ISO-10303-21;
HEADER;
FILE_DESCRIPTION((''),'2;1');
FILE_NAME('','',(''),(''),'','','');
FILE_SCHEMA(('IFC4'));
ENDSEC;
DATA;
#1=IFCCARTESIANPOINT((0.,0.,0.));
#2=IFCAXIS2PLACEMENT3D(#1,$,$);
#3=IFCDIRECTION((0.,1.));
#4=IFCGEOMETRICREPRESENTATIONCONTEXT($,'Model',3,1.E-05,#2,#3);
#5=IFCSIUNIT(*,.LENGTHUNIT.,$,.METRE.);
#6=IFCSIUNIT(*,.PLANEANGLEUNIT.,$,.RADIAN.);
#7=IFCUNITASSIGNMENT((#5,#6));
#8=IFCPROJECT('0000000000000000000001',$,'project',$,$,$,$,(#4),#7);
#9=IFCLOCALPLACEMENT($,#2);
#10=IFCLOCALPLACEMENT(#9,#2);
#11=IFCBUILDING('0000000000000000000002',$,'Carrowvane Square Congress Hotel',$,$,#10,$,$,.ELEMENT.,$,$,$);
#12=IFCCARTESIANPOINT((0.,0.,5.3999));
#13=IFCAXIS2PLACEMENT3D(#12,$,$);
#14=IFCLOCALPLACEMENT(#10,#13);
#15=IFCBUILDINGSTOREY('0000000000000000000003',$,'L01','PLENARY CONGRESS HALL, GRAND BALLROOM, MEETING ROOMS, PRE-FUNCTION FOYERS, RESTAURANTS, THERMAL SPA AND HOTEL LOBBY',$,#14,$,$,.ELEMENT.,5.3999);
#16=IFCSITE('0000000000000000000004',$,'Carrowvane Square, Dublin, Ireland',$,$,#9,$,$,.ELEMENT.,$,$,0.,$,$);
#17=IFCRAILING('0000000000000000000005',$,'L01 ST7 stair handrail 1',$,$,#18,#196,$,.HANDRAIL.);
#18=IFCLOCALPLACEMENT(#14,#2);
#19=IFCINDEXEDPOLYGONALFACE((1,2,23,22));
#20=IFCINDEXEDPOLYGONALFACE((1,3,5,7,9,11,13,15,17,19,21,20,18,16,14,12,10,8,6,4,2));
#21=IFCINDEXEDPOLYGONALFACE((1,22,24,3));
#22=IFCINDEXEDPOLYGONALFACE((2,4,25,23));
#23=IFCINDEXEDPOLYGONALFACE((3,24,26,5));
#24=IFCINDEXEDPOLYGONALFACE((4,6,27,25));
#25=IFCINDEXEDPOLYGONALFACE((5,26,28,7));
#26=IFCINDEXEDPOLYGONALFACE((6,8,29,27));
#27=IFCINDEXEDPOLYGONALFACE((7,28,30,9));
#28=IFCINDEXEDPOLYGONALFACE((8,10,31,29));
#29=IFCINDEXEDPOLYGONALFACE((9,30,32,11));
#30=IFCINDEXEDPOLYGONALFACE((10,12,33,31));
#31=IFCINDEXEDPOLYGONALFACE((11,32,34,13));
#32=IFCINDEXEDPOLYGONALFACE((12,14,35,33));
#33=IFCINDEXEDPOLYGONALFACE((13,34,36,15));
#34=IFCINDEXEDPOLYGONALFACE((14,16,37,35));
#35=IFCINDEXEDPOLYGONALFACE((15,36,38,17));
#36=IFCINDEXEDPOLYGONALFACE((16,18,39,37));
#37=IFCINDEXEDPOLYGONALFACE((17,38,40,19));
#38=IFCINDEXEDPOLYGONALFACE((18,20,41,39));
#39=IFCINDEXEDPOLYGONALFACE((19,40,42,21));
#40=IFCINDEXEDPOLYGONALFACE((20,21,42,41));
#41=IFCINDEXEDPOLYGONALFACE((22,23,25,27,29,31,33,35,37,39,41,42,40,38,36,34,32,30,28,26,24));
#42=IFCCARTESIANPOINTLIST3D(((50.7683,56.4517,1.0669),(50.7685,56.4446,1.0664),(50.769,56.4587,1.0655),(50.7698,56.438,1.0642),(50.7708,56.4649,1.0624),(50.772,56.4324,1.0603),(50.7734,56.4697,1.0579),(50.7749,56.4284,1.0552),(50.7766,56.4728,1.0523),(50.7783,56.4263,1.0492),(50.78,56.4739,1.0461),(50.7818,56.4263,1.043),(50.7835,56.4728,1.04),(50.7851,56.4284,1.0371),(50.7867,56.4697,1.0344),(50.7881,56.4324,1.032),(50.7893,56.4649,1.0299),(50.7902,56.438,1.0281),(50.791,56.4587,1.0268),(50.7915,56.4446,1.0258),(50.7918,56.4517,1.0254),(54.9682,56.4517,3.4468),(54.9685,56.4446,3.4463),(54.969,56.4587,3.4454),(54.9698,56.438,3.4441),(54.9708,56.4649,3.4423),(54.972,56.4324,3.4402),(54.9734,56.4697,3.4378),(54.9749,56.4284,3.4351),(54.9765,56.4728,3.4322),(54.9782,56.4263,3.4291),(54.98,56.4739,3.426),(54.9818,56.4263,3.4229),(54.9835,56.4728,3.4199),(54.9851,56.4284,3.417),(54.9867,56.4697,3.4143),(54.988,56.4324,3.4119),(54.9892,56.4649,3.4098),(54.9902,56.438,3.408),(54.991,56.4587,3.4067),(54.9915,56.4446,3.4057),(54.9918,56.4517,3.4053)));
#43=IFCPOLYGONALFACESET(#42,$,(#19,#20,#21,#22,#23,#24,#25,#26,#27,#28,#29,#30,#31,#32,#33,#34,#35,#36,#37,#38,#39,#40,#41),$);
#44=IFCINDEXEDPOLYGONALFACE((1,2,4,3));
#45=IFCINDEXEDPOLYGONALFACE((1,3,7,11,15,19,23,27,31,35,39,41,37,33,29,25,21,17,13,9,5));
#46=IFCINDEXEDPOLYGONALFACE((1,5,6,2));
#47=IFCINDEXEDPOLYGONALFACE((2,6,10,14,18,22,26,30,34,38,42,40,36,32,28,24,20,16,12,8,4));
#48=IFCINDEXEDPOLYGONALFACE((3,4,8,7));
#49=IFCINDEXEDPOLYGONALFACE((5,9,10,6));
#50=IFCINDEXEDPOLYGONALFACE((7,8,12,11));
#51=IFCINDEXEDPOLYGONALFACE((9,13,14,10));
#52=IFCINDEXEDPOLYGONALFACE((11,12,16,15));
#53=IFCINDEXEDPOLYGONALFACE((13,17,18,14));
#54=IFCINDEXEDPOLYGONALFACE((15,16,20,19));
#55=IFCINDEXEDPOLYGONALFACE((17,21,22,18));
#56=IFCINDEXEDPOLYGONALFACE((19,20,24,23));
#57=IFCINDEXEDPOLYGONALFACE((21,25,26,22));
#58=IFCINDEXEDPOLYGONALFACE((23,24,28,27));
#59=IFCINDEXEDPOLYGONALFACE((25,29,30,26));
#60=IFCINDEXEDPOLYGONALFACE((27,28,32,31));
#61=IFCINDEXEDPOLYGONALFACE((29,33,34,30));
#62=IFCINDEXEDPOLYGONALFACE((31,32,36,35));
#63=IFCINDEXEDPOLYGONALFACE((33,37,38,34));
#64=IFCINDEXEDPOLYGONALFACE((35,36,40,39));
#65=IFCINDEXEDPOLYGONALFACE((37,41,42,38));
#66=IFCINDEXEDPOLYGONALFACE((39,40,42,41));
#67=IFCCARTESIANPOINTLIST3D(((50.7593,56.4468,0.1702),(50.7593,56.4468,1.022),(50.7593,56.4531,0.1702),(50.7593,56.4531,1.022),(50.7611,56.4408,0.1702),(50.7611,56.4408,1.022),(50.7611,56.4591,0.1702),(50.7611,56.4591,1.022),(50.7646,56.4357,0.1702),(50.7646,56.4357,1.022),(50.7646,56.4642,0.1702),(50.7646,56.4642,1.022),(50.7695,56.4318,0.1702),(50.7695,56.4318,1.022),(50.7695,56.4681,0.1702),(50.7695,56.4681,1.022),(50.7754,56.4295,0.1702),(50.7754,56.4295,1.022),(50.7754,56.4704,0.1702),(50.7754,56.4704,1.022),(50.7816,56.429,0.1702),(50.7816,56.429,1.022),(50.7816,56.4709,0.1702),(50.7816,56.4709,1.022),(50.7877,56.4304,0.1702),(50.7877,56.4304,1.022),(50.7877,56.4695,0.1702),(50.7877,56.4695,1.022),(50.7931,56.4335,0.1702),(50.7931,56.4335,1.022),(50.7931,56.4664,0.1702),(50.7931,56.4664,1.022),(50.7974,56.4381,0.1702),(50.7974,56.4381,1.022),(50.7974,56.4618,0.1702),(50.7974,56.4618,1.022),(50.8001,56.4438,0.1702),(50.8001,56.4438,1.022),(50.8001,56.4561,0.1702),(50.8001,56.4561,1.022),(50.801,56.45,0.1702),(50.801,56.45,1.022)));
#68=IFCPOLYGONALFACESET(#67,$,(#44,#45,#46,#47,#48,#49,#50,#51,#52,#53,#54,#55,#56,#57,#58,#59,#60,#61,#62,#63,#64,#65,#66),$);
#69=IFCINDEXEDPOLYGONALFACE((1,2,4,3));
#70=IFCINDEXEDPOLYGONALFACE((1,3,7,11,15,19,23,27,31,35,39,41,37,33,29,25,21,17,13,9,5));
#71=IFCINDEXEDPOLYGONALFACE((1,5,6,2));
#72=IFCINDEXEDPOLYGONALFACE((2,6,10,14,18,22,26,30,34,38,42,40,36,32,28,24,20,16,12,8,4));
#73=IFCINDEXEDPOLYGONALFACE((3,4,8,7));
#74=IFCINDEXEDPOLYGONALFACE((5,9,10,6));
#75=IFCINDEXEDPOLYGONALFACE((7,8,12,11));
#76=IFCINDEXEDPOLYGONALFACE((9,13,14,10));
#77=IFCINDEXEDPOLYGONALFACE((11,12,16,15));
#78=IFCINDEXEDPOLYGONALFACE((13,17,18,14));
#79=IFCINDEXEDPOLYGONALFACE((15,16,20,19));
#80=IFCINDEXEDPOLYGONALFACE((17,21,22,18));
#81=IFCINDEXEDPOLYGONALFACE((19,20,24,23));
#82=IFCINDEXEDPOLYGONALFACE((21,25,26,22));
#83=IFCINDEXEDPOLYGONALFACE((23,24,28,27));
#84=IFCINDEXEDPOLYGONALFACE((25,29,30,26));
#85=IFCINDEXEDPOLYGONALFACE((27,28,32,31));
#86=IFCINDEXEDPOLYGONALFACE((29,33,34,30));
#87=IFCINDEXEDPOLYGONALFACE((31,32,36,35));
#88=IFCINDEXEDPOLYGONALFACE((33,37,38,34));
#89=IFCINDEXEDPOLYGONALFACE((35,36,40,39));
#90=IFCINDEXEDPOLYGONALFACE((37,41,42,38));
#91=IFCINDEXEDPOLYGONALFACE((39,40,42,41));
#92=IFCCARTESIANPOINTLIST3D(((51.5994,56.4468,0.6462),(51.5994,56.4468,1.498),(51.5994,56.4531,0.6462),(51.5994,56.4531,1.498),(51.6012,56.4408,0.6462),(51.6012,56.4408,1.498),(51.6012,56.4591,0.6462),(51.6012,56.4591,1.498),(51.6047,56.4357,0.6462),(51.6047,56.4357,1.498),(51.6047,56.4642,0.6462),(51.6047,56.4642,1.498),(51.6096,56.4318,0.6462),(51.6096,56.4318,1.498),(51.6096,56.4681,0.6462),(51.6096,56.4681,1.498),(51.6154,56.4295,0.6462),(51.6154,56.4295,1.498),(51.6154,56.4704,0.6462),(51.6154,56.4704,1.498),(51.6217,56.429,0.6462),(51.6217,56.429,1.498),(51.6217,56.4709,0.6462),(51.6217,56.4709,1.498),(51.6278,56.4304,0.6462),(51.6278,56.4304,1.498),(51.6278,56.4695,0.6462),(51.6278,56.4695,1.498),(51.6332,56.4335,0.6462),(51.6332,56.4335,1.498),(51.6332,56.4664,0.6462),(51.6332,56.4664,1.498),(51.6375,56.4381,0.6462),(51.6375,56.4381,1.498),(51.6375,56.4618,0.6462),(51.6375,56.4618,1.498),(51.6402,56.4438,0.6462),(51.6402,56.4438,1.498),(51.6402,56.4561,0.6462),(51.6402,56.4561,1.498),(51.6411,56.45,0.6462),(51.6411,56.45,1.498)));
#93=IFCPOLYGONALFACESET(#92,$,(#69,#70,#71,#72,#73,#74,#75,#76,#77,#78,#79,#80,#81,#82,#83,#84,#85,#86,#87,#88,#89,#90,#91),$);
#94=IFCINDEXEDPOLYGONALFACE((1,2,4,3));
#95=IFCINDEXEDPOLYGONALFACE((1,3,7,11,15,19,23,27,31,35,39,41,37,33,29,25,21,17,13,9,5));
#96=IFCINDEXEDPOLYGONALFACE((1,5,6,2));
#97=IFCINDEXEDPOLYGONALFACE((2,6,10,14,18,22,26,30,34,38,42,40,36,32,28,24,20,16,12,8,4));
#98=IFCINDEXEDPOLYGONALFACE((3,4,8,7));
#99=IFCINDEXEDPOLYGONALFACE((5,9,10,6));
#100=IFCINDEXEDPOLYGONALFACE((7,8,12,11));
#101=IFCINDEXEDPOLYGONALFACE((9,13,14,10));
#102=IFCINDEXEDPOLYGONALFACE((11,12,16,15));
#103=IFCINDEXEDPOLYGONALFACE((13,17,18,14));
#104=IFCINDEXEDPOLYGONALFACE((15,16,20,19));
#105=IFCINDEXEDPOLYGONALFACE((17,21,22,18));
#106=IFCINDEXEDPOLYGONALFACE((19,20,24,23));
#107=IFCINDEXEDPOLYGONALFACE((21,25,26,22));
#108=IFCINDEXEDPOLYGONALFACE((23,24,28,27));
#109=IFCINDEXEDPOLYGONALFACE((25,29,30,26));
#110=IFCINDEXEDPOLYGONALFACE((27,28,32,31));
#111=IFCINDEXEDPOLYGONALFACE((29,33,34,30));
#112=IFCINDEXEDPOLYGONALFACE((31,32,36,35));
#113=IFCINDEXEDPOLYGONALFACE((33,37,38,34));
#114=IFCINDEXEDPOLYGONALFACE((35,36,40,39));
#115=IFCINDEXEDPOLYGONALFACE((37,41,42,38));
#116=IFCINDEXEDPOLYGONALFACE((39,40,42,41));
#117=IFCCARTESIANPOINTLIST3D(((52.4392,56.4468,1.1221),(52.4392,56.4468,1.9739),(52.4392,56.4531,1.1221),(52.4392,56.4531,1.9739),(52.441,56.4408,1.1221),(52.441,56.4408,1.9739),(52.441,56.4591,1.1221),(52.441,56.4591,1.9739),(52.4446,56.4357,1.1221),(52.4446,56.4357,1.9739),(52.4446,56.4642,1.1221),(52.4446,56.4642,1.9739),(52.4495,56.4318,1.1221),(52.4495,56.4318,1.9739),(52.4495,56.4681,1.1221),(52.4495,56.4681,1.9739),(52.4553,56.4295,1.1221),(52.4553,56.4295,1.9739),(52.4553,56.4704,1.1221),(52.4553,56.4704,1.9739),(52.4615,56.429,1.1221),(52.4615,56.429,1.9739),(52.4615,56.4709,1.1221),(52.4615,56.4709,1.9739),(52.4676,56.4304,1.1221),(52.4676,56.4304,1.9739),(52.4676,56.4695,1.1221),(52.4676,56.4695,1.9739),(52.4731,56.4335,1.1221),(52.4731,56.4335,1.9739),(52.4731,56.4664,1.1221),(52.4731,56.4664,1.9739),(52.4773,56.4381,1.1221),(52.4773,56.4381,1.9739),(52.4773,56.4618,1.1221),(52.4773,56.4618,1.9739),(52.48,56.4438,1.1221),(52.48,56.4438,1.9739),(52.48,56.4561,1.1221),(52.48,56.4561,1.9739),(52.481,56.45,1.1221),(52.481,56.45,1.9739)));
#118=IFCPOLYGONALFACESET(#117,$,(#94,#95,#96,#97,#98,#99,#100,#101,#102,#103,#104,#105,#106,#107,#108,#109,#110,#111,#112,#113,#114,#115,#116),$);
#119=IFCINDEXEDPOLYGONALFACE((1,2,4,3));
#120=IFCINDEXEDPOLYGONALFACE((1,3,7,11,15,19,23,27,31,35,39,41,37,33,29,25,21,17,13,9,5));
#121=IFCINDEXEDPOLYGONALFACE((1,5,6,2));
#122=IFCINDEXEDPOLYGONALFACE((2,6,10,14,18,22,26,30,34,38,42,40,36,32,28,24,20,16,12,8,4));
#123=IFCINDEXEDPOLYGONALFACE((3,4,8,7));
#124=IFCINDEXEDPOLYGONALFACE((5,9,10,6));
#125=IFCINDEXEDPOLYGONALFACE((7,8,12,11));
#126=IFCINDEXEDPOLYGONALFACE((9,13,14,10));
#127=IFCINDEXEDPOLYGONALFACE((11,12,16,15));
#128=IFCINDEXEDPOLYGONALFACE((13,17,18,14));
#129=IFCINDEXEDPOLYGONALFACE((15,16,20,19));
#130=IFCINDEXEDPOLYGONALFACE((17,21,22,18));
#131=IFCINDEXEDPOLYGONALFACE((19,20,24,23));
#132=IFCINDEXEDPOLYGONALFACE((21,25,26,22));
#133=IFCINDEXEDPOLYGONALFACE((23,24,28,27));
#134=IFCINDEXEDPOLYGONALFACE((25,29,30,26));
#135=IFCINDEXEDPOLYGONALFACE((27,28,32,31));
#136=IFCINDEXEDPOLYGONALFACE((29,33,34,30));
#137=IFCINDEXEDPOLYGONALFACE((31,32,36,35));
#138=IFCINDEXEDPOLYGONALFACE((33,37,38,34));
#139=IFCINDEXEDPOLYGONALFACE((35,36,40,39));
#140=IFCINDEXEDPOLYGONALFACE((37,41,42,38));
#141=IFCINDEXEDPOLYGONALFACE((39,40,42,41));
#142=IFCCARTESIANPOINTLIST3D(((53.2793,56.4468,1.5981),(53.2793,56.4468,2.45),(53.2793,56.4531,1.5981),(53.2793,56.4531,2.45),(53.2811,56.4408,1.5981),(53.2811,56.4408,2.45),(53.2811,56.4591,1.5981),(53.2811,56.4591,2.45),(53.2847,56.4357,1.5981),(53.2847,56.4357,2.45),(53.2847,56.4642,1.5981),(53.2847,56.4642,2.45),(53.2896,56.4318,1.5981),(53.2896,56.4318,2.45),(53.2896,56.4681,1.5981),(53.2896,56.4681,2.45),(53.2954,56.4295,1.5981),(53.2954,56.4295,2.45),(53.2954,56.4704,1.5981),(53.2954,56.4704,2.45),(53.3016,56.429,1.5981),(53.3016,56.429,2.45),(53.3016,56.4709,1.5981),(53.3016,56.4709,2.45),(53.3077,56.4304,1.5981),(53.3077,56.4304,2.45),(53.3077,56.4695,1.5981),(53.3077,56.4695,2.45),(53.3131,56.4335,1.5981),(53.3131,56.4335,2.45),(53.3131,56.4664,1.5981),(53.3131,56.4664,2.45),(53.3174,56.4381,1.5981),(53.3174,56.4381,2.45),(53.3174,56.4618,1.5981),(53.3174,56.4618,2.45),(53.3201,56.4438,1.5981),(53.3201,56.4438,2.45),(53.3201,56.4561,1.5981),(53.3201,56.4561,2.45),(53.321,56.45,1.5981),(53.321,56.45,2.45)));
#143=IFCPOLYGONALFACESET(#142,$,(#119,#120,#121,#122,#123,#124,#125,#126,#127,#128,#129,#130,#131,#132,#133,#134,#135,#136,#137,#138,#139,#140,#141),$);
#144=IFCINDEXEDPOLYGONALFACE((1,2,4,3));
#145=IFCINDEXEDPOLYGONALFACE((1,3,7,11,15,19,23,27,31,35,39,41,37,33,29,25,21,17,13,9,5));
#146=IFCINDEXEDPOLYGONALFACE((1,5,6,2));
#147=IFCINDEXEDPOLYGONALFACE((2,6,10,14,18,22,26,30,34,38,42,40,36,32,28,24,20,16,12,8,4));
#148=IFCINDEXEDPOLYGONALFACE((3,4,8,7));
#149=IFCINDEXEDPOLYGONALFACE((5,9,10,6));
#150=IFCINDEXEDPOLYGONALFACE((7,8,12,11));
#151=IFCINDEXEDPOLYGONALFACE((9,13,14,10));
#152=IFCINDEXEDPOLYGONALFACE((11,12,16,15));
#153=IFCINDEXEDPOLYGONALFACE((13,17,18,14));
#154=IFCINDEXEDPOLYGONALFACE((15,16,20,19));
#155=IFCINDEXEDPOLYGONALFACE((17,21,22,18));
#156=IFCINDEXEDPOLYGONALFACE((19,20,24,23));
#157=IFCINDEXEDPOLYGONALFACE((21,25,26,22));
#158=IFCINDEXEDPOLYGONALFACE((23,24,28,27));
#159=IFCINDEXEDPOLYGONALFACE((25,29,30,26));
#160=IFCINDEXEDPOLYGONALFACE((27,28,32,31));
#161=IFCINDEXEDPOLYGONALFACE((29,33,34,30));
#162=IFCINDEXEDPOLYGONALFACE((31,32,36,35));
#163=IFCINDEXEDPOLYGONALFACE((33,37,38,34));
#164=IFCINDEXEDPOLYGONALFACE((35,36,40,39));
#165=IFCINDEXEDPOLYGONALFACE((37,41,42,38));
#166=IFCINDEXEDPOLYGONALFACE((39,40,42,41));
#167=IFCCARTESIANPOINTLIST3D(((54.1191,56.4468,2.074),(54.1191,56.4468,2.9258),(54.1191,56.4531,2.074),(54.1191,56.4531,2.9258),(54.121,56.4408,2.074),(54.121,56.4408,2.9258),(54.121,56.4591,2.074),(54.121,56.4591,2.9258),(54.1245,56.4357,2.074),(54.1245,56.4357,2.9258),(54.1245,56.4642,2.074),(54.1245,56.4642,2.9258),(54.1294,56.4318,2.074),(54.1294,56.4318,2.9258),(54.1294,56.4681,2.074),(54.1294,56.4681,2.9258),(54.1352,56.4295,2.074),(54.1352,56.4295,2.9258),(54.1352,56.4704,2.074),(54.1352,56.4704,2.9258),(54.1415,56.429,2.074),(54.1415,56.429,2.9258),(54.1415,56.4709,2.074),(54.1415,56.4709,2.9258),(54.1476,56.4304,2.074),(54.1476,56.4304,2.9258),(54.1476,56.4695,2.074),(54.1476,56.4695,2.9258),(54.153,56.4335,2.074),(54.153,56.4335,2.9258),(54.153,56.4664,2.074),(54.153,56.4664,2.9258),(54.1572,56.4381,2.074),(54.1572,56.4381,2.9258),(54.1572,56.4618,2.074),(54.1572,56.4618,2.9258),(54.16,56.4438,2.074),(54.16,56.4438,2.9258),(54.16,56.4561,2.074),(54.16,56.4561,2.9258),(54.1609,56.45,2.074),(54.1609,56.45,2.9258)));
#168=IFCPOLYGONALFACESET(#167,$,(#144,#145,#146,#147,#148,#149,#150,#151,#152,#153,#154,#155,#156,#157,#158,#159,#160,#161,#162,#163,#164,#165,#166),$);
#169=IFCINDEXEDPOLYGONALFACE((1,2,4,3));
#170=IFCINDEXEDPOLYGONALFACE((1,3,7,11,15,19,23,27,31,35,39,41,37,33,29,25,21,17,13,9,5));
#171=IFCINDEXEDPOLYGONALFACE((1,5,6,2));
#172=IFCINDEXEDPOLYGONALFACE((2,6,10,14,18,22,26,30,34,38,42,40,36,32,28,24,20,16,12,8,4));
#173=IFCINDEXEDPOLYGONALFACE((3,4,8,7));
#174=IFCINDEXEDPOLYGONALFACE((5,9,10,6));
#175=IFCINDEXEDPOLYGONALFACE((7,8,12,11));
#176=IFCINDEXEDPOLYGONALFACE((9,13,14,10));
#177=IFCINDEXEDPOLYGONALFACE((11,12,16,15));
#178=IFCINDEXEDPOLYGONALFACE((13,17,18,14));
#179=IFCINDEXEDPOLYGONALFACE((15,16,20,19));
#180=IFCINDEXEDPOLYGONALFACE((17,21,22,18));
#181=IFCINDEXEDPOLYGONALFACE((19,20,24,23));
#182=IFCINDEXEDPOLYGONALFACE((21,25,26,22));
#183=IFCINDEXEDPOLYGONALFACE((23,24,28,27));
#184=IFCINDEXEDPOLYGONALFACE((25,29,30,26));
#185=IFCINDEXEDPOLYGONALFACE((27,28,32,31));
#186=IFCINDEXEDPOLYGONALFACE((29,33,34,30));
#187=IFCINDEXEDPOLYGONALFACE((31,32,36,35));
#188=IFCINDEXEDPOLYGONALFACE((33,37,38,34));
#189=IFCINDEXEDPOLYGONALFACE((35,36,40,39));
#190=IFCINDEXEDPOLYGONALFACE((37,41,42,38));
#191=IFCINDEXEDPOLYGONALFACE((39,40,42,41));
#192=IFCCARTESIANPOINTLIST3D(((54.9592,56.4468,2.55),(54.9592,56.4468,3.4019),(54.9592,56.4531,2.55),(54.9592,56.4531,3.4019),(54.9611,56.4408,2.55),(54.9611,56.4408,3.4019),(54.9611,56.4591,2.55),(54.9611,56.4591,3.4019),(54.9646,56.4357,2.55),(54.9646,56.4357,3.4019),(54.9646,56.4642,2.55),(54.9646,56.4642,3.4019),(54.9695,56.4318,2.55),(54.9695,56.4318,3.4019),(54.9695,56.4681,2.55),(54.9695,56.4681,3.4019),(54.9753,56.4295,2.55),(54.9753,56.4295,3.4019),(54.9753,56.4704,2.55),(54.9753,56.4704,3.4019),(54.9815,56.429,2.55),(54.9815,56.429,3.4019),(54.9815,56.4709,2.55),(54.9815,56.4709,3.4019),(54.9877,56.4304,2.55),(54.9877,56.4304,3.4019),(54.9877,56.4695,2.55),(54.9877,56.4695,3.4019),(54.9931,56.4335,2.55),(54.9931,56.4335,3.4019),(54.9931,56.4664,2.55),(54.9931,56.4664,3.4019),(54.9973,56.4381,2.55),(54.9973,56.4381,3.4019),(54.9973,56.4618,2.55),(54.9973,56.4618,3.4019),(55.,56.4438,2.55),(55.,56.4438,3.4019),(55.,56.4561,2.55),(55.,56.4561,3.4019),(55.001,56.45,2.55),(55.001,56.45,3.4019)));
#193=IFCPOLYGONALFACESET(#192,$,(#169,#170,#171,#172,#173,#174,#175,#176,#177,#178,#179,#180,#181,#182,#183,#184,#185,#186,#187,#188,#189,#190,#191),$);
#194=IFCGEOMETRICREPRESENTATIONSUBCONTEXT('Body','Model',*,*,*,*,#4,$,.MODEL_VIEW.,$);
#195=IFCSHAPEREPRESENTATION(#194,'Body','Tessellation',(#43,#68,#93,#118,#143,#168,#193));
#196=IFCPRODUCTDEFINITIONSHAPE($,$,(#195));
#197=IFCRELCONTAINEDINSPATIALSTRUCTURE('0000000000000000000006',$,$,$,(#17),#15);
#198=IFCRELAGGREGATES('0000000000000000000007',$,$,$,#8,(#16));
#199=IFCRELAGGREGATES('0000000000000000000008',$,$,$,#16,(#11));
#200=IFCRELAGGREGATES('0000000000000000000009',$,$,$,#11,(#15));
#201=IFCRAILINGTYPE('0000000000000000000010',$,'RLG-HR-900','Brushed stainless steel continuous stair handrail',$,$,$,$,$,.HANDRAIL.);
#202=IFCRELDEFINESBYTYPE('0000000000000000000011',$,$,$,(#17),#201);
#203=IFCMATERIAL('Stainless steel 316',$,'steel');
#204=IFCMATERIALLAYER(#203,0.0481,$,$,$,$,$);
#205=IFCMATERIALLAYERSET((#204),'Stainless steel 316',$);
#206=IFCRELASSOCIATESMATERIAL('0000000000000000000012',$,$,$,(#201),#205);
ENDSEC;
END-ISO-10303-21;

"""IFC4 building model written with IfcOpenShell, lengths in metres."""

from ifc_helpers import new_model, si_unit, direction, frame, origin, origin_2d, place, context, subcontext, project, spatial, circle, extrude, material, layer, layer_set, type_object, element, save


model = new_model("IFC4")

# Units and contexts
model_context = context("Model", 3, precision=1e-05, world=origin(), true_north=direction((0.0, 1.0)))
body_context = subcontext(model_context, "Body", "Model", "MODEL_VIEW")
ifc_project = project(units=[si_unit("LENGTHUNIT", "METRE"), si_unit("PLANEANGLEUNIT", "RADIAN")], contexts=[model_context])

# Site, building, storey
site_placement = place(None, origin())
site = spatial("IfcSite", under=ifc_project, at=site_placement, Name="Carrowvane Square, Dublin, Ireland", CompositionType="ELEMENT", RefElevation=0.0)
building_placement = place(site_placement, origin())
building = spatial("IfcBuilding", under=site, at=building_placement, Name="Carrowvane Square Congress Hotel", CompositionType="ELEMENT")
storey_placement = place(building_placement, frame((0.0, 0.0, 5.3999)))
storey = spatial("IfcBuildingStorey", under=building, at=storey_placement, Name="L01", Description="PLENARY CONGRESS HALL, GRAND BALLROOM, MEETING ROOMS, PRE-FUNCTION FOYERS, RESTAURANTS, THERMAL SPA AND HOTEL LOBBY", CompositionType="ELEMENT", Elevation=5.3999)

# Railing
ifc_material_1 = material(Name="Stainless steel 316", Category="steel")
ifc_layer_1 = layer(ifc_material_1, 0.0481)
ifc_layer_set_1 = layer_set([ifc_layer_1], Name="Stainless steel 316")
railing_type_1 = type_object("IfcRailingType", Name="RLG-HR-900", Description="Brushed stainless steel continuous stair handrail", PredefinedType="HANDRAIL", material=ifc_layer_set_1)
railing_1_placement = place(storey_placement, frame((50.78, 56.45, 0.1702)))
element("IfcRailing", 1, at=railing_1_placement, inside=storey, type_object=railing_type_1, Name="L01 ST7 stair handrail 1", PredefinedType="HANDRAIL", context=body_context, shape_type="SweptSolid", body=[
    extrude(circle(Radius=0.0239, at=origin_2d()), frame((0.0, 0.0, 0.876), z_axis=(0.87003, 0.0, 0.492999), x_axis=(0.0, 1.0, 0.0)), (0.0, 0.0, 1.0), 4.8274),
    extrude(circle(Radius=0.021, at=origin_2d()), origin(), (0.0, 0.0, 1.0), 0.8518),
    extrude(circle(Radius=0.021, at=origin_2d()), frame((0.8401, 0.0, 0.4761)), (0.0, 0.0, 1.0), 0.8518),
    extrude(circle(Radius=0.021, at=origin_2d()), frame((1.6799, 0.0, 0.9519)), (0.0, 0.0, 1.0), 0.8518),
    extrude(circle(Radius=0.021, at=origin_2d()), frame((2.52, 0.0, 1.428)), (0.0, 0.0, 1.0), 0.8518),
    extrude(circle(Radius=0.021, at=origin_2d()), frame((3.3599, 0.0, 1.9038)), (0.0, 0.0, 1.0), 0.8518),
    extrude(circle(Radius=0.021, at=origin_2d()), frame((4.2, 0.0, 2.3799)), (0.0, 0.0, 1.0), 0.8518),
])

save(model, "model.ifc")
